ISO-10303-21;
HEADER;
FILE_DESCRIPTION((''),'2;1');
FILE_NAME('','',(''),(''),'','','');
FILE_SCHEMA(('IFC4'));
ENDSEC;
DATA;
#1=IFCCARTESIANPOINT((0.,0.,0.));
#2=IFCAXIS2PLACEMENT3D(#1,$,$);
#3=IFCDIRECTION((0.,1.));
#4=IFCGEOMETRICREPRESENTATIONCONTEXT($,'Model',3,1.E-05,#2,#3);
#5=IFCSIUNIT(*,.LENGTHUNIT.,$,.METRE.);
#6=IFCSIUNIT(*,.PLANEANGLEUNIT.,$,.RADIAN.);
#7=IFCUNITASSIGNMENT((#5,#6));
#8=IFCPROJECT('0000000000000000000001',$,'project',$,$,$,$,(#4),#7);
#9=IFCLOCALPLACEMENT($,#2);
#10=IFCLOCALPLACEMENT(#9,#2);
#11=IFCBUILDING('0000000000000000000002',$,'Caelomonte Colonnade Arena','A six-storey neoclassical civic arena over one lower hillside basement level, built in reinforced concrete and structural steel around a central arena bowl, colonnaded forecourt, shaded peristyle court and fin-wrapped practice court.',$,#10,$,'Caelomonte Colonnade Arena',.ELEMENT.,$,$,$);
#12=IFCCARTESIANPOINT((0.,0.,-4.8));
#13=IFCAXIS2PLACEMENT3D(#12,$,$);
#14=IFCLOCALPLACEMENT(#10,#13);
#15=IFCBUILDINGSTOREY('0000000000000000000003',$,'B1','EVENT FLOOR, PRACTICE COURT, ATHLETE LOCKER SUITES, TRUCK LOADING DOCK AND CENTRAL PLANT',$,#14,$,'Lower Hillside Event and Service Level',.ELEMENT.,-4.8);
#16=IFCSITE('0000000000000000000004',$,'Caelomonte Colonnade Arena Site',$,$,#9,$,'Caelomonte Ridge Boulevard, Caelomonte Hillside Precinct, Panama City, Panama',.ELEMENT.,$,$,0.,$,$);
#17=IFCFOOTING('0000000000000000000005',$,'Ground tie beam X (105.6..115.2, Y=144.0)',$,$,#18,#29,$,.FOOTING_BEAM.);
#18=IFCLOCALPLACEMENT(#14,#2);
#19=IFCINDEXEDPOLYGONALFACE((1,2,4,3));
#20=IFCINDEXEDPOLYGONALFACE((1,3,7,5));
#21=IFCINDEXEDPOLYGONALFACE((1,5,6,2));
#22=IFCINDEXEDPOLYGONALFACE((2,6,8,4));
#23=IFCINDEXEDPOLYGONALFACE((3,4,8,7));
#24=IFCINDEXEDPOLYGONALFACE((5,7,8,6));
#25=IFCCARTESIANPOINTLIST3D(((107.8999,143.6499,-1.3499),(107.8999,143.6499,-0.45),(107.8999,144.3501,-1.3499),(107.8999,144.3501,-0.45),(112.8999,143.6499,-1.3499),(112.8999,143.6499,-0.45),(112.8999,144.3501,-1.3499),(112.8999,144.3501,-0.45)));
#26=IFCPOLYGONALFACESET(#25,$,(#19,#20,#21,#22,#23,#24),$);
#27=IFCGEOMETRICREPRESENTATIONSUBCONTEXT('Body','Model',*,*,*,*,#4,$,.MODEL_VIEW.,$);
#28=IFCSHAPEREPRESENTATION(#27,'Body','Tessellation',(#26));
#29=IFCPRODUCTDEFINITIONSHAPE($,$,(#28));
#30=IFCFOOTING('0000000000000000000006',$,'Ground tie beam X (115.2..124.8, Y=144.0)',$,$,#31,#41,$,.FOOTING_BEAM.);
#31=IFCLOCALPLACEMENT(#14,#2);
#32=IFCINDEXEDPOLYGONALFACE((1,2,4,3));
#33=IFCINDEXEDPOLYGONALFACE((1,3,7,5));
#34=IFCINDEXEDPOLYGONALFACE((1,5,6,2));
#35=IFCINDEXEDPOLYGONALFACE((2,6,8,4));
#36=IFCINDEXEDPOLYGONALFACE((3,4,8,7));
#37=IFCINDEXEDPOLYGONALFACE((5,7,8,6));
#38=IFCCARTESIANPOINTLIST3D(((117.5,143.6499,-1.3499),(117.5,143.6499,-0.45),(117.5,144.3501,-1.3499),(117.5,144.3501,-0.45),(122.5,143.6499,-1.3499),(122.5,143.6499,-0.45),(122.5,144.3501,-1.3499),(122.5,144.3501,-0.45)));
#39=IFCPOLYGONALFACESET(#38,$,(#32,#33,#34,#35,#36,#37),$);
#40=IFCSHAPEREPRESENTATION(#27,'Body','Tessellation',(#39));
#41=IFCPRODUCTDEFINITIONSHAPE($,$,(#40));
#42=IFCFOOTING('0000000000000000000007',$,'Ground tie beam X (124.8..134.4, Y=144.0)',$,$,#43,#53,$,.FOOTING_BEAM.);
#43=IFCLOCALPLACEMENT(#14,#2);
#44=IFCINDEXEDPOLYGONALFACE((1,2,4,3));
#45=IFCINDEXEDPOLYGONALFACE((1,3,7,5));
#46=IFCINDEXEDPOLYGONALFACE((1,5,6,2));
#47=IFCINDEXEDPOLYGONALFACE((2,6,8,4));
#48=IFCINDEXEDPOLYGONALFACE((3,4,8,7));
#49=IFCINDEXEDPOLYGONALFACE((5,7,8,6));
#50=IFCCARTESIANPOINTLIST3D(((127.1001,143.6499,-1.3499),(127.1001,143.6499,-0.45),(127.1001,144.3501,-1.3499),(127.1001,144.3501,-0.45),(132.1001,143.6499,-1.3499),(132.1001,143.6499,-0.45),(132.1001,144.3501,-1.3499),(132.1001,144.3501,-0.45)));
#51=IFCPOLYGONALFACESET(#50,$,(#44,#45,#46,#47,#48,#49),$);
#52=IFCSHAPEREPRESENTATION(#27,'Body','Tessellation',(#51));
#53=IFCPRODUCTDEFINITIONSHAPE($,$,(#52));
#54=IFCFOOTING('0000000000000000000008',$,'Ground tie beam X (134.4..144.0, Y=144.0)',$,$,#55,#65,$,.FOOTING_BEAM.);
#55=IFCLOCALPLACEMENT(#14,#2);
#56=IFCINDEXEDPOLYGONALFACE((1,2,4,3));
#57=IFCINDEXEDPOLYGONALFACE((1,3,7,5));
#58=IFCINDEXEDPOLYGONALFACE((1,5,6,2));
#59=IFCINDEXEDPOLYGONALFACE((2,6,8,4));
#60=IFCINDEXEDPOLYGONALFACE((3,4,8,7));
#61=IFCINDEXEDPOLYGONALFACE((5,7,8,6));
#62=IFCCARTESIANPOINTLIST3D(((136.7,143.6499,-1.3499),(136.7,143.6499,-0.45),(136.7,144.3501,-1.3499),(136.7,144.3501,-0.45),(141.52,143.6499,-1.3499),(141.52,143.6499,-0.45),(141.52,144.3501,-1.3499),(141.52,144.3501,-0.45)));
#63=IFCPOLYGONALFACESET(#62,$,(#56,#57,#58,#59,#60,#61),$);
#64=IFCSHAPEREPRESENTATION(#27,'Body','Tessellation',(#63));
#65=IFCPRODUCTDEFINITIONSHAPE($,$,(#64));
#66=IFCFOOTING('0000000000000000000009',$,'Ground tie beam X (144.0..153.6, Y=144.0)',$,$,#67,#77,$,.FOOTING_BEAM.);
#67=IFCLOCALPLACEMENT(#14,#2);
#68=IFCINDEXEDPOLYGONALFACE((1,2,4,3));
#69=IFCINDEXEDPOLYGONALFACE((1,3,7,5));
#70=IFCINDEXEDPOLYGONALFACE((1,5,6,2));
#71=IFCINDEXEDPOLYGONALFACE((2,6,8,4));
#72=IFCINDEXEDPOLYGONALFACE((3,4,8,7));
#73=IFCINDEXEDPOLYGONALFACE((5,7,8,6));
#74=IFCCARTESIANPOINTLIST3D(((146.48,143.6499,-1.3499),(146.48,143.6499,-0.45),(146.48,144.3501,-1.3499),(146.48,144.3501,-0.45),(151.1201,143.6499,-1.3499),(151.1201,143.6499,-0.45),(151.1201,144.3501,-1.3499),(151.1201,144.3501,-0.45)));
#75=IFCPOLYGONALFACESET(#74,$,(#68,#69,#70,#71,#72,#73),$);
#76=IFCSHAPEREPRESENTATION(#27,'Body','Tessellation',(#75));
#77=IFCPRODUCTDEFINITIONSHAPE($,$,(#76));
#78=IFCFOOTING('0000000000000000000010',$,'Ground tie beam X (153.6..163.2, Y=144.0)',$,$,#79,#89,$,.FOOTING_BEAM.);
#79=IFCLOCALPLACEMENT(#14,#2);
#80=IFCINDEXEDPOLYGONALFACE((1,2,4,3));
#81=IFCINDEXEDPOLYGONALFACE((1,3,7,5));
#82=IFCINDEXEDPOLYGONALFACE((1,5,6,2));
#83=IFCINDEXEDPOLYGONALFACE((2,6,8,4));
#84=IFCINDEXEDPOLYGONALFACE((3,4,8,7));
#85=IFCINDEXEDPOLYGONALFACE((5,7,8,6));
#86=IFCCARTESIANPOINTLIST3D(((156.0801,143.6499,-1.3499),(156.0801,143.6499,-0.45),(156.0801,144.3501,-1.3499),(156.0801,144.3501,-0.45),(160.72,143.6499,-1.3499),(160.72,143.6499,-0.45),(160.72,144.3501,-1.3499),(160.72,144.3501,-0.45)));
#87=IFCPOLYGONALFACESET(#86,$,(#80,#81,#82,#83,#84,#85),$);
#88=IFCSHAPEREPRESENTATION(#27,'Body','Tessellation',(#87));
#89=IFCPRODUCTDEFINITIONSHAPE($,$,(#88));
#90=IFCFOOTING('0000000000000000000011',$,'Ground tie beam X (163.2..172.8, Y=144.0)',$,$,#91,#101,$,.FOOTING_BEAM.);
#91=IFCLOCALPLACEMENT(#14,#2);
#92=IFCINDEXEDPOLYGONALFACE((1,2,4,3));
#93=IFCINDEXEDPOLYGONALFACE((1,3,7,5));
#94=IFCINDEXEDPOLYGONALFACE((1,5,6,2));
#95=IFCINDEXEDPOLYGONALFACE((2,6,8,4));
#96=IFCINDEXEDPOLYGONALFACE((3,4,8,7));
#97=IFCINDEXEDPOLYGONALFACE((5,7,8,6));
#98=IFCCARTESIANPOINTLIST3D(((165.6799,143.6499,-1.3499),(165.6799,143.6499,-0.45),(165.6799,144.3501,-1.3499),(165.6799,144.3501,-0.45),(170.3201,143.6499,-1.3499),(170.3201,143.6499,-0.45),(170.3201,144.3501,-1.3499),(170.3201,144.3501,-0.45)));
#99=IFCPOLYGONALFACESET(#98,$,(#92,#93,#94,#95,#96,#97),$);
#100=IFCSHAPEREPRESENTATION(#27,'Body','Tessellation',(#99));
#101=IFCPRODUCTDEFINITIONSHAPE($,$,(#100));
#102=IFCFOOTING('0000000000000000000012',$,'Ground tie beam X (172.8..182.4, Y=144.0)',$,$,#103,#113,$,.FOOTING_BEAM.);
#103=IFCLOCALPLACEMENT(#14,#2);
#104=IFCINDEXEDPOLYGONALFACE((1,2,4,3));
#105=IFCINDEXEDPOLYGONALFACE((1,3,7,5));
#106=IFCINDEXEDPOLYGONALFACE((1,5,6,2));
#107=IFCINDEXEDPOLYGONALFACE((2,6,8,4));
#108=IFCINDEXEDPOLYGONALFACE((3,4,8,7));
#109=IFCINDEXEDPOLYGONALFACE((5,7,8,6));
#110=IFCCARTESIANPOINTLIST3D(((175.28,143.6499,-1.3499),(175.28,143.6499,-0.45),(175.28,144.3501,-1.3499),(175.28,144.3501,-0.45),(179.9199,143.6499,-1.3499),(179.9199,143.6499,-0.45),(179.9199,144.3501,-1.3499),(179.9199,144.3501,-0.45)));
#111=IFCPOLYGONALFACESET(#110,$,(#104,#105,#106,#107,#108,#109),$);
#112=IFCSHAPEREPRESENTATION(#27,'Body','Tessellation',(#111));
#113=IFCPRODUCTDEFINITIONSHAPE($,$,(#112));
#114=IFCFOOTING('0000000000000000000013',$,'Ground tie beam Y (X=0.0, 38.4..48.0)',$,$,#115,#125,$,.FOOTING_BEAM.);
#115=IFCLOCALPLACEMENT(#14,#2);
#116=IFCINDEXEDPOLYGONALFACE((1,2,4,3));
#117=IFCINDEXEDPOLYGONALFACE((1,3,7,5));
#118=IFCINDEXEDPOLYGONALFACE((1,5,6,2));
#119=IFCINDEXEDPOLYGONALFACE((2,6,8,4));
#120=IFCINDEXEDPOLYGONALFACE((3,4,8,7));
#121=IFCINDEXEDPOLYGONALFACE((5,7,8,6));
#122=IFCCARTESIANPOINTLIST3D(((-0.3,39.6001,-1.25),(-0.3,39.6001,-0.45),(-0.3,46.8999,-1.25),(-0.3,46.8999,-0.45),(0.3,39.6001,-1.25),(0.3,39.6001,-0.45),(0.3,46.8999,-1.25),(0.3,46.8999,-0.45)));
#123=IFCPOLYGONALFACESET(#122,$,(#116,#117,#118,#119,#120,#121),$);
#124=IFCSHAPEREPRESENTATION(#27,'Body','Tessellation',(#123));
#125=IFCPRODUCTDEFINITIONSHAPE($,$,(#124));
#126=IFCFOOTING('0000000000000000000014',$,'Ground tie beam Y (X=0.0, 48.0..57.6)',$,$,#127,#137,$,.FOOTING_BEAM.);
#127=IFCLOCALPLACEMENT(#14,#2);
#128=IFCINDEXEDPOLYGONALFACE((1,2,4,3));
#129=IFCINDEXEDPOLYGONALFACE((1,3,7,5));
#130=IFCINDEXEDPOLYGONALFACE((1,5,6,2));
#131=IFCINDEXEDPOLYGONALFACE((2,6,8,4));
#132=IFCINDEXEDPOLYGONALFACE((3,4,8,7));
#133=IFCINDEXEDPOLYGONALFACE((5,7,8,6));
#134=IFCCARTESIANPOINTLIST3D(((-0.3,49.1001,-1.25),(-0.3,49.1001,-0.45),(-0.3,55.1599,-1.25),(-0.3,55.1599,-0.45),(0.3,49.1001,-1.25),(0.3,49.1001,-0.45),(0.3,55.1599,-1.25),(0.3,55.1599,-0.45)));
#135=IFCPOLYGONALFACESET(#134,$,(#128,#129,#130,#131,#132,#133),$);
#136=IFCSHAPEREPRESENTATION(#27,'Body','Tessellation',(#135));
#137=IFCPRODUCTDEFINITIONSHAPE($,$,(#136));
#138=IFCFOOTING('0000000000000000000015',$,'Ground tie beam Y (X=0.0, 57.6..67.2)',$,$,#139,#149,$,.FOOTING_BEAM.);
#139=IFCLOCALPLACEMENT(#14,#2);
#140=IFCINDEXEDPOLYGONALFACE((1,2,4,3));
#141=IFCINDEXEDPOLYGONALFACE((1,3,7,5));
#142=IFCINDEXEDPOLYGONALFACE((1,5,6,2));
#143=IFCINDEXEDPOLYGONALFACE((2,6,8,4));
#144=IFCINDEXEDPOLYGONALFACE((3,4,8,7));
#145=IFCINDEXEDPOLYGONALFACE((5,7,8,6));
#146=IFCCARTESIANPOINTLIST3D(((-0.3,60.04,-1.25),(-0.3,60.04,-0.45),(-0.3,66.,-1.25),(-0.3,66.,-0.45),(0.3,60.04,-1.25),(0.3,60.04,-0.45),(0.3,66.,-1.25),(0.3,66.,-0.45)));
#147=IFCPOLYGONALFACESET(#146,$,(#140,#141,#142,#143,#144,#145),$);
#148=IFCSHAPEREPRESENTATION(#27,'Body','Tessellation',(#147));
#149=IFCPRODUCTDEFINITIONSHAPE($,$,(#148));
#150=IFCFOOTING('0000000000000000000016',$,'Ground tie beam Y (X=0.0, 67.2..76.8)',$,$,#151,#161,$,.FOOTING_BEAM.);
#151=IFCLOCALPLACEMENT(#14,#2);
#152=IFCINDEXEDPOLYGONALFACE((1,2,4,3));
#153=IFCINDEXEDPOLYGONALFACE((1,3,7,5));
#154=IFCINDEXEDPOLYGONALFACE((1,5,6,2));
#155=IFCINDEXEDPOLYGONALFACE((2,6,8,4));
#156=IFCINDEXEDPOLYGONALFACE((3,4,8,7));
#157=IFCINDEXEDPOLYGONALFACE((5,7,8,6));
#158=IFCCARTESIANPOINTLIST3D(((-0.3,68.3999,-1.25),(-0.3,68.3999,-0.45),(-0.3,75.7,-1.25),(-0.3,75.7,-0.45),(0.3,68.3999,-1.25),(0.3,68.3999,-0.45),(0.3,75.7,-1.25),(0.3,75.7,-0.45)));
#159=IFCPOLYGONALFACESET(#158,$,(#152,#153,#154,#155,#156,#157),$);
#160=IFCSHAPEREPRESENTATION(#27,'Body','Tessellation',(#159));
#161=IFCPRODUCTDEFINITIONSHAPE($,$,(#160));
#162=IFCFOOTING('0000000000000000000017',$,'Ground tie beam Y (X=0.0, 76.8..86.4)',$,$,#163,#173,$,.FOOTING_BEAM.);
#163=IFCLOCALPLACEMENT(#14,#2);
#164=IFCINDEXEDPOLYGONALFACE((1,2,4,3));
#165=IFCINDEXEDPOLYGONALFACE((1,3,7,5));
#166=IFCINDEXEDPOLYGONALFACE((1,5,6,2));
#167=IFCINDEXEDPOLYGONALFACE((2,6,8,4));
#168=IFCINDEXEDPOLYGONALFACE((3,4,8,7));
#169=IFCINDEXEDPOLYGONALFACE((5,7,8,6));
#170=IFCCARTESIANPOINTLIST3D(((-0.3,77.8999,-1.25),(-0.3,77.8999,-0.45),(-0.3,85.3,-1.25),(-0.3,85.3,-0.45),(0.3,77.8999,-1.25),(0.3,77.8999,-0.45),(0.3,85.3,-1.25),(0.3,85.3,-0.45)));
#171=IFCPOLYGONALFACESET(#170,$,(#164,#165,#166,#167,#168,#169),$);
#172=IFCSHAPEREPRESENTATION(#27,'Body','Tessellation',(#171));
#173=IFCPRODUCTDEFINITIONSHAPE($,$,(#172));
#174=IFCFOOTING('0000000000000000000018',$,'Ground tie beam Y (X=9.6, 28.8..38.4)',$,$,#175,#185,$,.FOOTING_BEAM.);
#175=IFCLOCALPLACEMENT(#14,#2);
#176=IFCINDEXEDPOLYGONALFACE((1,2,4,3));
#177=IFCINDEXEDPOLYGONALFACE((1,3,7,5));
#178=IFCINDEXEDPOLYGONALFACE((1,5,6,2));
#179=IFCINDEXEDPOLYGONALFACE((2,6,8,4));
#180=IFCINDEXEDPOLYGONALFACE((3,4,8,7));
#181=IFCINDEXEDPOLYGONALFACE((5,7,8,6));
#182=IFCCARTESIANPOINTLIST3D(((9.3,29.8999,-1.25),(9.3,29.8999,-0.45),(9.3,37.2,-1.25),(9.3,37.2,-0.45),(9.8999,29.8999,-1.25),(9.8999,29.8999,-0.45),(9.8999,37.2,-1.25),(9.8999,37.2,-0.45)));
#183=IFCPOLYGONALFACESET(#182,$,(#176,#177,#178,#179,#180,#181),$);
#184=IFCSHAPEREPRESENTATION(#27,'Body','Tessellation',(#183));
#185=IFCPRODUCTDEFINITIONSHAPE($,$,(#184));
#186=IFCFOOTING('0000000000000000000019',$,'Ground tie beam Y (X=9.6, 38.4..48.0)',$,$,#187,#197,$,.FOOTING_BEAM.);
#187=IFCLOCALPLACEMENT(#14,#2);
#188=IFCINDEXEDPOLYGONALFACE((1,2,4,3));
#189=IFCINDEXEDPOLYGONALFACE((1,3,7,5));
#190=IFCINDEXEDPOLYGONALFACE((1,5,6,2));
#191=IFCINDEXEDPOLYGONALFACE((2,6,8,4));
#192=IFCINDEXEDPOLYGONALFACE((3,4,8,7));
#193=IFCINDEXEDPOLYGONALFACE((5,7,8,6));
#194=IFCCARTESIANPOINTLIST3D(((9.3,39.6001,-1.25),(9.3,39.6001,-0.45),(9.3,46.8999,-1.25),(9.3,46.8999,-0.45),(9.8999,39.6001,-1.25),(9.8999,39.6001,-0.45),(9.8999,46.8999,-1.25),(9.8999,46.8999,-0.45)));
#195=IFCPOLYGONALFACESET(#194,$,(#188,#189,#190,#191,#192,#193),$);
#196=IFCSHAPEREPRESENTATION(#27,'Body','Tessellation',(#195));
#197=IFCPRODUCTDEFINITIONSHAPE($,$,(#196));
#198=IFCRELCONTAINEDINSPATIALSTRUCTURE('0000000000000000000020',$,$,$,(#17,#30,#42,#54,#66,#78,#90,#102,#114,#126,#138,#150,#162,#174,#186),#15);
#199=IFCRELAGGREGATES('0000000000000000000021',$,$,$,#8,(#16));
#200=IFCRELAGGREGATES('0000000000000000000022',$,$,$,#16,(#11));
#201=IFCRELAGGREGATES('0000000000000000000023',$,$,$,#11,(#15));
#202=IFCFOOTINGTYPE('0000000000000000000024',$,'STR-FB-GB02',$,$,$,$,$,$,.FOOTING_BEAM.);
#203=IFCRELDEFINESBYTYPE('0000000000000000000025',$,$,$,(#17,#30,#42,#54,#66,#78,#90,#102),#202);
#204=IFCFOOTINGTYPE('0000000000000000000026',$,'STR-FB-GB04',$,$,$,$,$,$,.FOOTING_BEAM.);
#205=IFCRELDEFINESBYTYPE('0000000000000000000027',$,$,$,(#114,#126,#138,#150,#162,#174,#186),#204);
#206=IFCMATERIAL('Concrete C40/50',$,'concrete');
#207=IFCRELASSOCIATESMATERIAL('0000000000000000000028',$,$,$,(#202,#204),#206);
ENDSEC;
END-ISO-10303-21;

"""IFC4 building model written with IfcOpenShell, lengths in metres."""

from ifc_helpers import new_model, si_unit, direction, frame, origin, place, context, subcontext, project, spatial, polyline, outline, extrude, material, type_object, element, save


model = new_model("IFC4")

# Units and contexts
model_context = context("Model", 3, precision=1e-05, world=origin(), true_north=direction((0.0, 1.0)))
body_context = subcontext(model_context, "Body", "Model", "MODEL_VIEW")
ifc_project = project(units=[si_unit("LENGTHUNIT", "METRE"), si_unit("PLANEANGLEUNIT", "RADIAN")], contexts=[model_context])

# Site, building, storey
site_placement = place(None, origin())
site = spatial("IfcSite", under=ifc_project, at=site_placement, Name="Caelomonte Colonnade Arena Site", LongName="Caelomonte Ridge Boulevard, Caelomonte Hillside Precinct, Panama City, Panama", CompositionType="ELEMENT", RefElevation=0.0)
building_placement = place(site_placement, origin())
building = spatial("IfcBuilding", under=site, at=building_placement, Name="Caelomonte Colonnade Arena", Description="A six-storey neoclassical civic arena over one lower hillside basement level, built in reinforced concrete and structural steel around a central arena bowl, colonnaded forecourt, shaded peristyle court and fin-wrapped practice court.", LongName="Caelomonte Colonnade Arena", CompositionType="ELEMENT")
storey_placement = place(building_placement, frame((0.0, 0.0, -4.8)))
storey = spatial("IfcBuildingStorey", under=building, at=storey_placement, Name="B1", Description="EVENT FLOOR, PRACTICE COURT, ATHLETE LOCKER SUITES, TRUCK LOADING DOCK AND CENTRAL PLANT", LongName="Lower Hillside Event and Service Level", CompositionType="ELEMENT", Elevation=-4.8)

# Footings
ifc_material = material(Name="Concrete C40/50", Category="concrete")
footing_type_1 = type_object("IfcFootingType", Name="STR-FB-GB02", PredefinedType="FOOTING_BEAM", material=ifc_material)
footing_1_placement = place(storey_placement, frame((0.0, 0.0, -1.3499)))
element("IfcFooting", 1, at=footing_1_placement, inside=storey, type_object=footing_type_1, Name="Ground tie beam X (105.6..115.2, Y=144.0)", PredefinedType="FOOTING_BEAM", context=body_context, shape_type="SweptSolid", body=[
    extrude(outline(polyline([(107.8999, 143.6499), (112.8999, 143.6499), (112.8999, 144.3501), (107.8999, 144.3501), (107.8999, 143.6499)])), origin(), (0.0, 0.0, 1.0), 0.8999),
])
footing_2_placement = place(storey_placement, frame((0.0, 0.0, -1.3499)))
element("IfcFooting", 2, at=footing_2_placement, inside=storey, type_object=footing_type_1, Name="Ground tie beam X (115.2..124.8, Y=144.0)", PredefinedType="FOOTING_BEAM", context=body_context, shape_type="SweptSolid", body=[
    extrude(outline(polyline([(117.5, 143.6499), (122.5, 143.6499), (122.5, 144.3501), (117.5, 144.3501), (117.5, 143.6499)])), origin(), (0.0, 0.0, 1.0), 0.8999),
])
footing_3_placement = place(storey_placement, frame((0.0, 0.0, -1.3499)))
element("IfcFooting", 3, at=footing_3_placement, inside=storey, type_object=footing_type_1, Name="Ground tie beam X (124.8..134.4, Y=144.0)", PredefinedType="FOOTING_BEAM", context=body_context, shape_type="SweptSolid", body=[
    extrude(outline(polyline([(127.1001, 143.6499), (132.1001, 143.6499), (132.1001, 144.3501), (127.1001, 144.3501), (127.1001, 143.6499)])), origin(), (0.0, 0.0, 1.0), 0.8999),
])
footing_4_placement = place(storey_placement, frame((0.0, 0.0, -1.3499)))
element("IfcFooting", 4, at=footing_4_placement, inside=storey, type_object=footing_type_1, Name="Ground tie beam X (134.4..144.0, Y=144.0)", PredefinedType="FOOTING_BEAM", context=body_context, shape_type="SweptSolid", body=[
    extrude(outline(polyline([(136.7, 143.6499), (141.52, 143.6499), (141.52, 144.3501), (136.7, 144.3501), (136.7, 143.6499)])), origin(), (0.0, 0.0, 1.0), 0.8999),
])
footing_5_placement = place(storey_placement, frame((0.0, 0.0, -1.3499)))
element("IfcFooting", 5, at=footing_5_placement, inside=storey, type_object=footing_type_1, Name="Ground tie beam X (144.0..153.6, Y=144.0)", PredefinedType="FOOTING_BEAM", context=body_context, shape_type="SweptSolid", body=[
    extrude(outline(polyline([(146.48, 143.6499), (151.1201, 143.6499), (151.1201, 144.3501), (146.48, 144.3501), (146.48, 143.6499)])), origin(), (0.0, 0.0, 1.0), 0.8999),
])
footing_6_placement = place(storey_placement, frame((0.0, 0.0, -1.3499)))
element("IfcFooting", 6, at=footing_6_placement, inside=storey, type_object=footing_type_1, Name="Ground tie beam X (153.6..163.2, Y=144.0)", PredefinedType="FOOTING_BEAM", context=body_context, shape_type="SweptSolid", body=[
    extrude(outline(polyline([(156.0801, 143.6499), (160.72, 143.6499), (160.72, 144.3501), (156.0801, 144.3501), (156.0801, 143.6499)])), origin(), (0.0, 0.0, 1.0), 0.8999),
])
footing_7_placement = place(storey_placement, frame((0.0, 0.0, -1.3499)))
element("IfcFooting", 7, at=footing_7_placement, inside=storey, type_object=footing_type_1, Name="Ground tie beam X (163.2..172.8, Y=144.0)", PredefinedType="FOOTING_BEAM", context=body_context, shape_type="SweptSolid", body=[
    extrude(outline(polyline([(165.6799, 143.6499), (170.3201, 143.6499), (170.3201, 144.3501), (165.6799, 144.3501), (165.6799, 143.6499)])), origin(), (0.0, 0.0, 1.0), 0.8999),
])
footing_8_placement = place(storey_placement, frame((0.0, 0.0, -1.3499)))
element("IfcFooting", 8, at=footing_8_placement, inside=storey, type_object=footing_type_1, Name="Ground tie beam X (172.8..182.4, Y=144.0)", PredefinedType="FOOTING_BEAM", context=body_context, shape_type="SweptSolid", body=[
    extrude(outline(polyline([(175.28, 143.6499), (179.9199, 143.6499), (179.9199, 144.3501), (175.28, 144.3501), (175.28, 143.6499)])), origin(), (0.0, 0.0, 1.0), 0.8999),
])
footing_type_2 = type_object("IfcFootingType", Name="STR-FB-GB04", PredefinedType="FOOTING_BEAM", material=ifc_material)
footing_9_placement = place(storey_placement, frame((0.0, 0.0, -1.25)))
element("IfcFooting", 9, at=footing_9_placement, inside=storey, type_object=footing_type_2, Name="Ground tie beam Y (X=0.0, 38.4..48.0)", PredefinedType="FOOTING_BEAM", context=body_context, shape_type="SweptSolid", body=[
    extrude(outline(polyline([(-0.3, 39.6001), (0.3, 39.6001), (0.3, 46.8999), (-0.3, 46.8999), (-0.3, 39.6001)])), origin(), (0.0, 0.0, 1.0), 0.8),
])
footing_10_placement = place(storey_placement, frame((0.0, 0.0, -1.25)))
element("IfcFooting", 10, at=footing_10_placement, inside=storey, type_object=footing_type_2, Name="Ground tie beam Y (X=0.0, 48.0..57.6)", PredefinedType="FOOTING_BEAM", context=body_context, shape_type="SweptSolid", body=[
    extrude(outline(polyline([(-0.3, 49.1001), (0.3, 49.1001), (0.3, 55.1599), (-0.3, 55.1599), (-0.3, 49.1001)])), origin(), (0.0, 0.0, 1.0), 0.8),
])
footing_11_placement = place(storey_placement, frame((0.0, 0.0, -1.25)))
element("IfcFooting", 11, at=footing_11_placement, inside=storey, type_object=footing_type_2, Name="Ground tie beam Y (X=0.0, 57.6..67.2)", PredefinedType="FOOTING_BEAM", context=body_context, shape_type="SweptSolid", body=[
    extrude(outline(polyline([(-0.3, 60.04), (0.3, 60.04), (0.3, 66.0), (-0.3, 66.0), (-0.3, 60.04)])), origin(), (0.0, 0.0, 1.0), 0.8),
])
footing_12_placement = place(storey_placement, frame((0.0, 0.0, -1.25)))
element("IfcFooting", 12, at=footing_12_placement, inside=storey, type_object=footing_type_2, Name="Ground tie beam Y (X=0.0, 67.2..76.8)", PredefinedType="FOOTING_BEAM", context=body_context, shape_type="SweptSolid", body=[
    extrude(outline(polyline([(-0.3, 68.3999), (0.3, 68.3999), (0.3, 75.7), (-0.3, 75.7), (-0.3, 68.3999)])), origin(), (0.0, 0.0, 1.0), 0.8),
])
footing_13_placement = place(storey_placement, frame((0.0, 0.0, -1.25)))
element("IfcFooting", 13, at=footing_13_placement, inside=storey, type_object=footing_type_2, Name="Ground tie beam Y (X=0.0, 76.8..86.4)", PredefinedType="FOOTING_BEAM", context=body_context, shape_type="SweptSolid", body=[
    extrude(outline(polyline([(-0.3, 77.8999), (0.3, 77.8999), (0.3, 85.3), (-0.3, 85.3), (-0.3, 77.8999)])), origin(), (0.0, 0.0, 1.0), 0.8),
])
footing_14_placement = place(storey_placement, frame((0.0, 0.0, -1.25)))
element("IfcFooting", 14, at=footing_14_placement, inside=storey, type_object=footing_type_2, Name="Ground tie beam Y (X=9.6, 28.8..38.4)", PredefinedType="FOOTING_BEAM", context=body_context, shape_type="SweptSolid", body=[
    extrude(outline(polyline([(9.3, 29.8999), (9.8999, 29.8999), (9.8999, 37.2), (9.3, 37.2), (9.3, 29.8999)])), origin(), (0.0, 0.0, 1.0), 0.8),
])
footing_15_placement = place(storey_placement, frame((0.0, 0.0, -1.25)))
element("IfcFooting", 15, at=footing_15_placement, inside=storey, type_object=footing_type_2, Name="Ground tie beam Y (X=9.6, 38.4..48.0)", PredefinedType="FOOTING_BEAM", context=body_context, shape_type="SweptSolid", body=[
    extrude(outline(polyline([(9.3, 39.6001), (9.8999, 39.6001), (9.8999, 46.8999), (9.3, 46.8999), (9.3, 39.6001)])), origin(), (0.0, 0.0, 1.0), 0.8),
])

save(model, "model.ifc")
